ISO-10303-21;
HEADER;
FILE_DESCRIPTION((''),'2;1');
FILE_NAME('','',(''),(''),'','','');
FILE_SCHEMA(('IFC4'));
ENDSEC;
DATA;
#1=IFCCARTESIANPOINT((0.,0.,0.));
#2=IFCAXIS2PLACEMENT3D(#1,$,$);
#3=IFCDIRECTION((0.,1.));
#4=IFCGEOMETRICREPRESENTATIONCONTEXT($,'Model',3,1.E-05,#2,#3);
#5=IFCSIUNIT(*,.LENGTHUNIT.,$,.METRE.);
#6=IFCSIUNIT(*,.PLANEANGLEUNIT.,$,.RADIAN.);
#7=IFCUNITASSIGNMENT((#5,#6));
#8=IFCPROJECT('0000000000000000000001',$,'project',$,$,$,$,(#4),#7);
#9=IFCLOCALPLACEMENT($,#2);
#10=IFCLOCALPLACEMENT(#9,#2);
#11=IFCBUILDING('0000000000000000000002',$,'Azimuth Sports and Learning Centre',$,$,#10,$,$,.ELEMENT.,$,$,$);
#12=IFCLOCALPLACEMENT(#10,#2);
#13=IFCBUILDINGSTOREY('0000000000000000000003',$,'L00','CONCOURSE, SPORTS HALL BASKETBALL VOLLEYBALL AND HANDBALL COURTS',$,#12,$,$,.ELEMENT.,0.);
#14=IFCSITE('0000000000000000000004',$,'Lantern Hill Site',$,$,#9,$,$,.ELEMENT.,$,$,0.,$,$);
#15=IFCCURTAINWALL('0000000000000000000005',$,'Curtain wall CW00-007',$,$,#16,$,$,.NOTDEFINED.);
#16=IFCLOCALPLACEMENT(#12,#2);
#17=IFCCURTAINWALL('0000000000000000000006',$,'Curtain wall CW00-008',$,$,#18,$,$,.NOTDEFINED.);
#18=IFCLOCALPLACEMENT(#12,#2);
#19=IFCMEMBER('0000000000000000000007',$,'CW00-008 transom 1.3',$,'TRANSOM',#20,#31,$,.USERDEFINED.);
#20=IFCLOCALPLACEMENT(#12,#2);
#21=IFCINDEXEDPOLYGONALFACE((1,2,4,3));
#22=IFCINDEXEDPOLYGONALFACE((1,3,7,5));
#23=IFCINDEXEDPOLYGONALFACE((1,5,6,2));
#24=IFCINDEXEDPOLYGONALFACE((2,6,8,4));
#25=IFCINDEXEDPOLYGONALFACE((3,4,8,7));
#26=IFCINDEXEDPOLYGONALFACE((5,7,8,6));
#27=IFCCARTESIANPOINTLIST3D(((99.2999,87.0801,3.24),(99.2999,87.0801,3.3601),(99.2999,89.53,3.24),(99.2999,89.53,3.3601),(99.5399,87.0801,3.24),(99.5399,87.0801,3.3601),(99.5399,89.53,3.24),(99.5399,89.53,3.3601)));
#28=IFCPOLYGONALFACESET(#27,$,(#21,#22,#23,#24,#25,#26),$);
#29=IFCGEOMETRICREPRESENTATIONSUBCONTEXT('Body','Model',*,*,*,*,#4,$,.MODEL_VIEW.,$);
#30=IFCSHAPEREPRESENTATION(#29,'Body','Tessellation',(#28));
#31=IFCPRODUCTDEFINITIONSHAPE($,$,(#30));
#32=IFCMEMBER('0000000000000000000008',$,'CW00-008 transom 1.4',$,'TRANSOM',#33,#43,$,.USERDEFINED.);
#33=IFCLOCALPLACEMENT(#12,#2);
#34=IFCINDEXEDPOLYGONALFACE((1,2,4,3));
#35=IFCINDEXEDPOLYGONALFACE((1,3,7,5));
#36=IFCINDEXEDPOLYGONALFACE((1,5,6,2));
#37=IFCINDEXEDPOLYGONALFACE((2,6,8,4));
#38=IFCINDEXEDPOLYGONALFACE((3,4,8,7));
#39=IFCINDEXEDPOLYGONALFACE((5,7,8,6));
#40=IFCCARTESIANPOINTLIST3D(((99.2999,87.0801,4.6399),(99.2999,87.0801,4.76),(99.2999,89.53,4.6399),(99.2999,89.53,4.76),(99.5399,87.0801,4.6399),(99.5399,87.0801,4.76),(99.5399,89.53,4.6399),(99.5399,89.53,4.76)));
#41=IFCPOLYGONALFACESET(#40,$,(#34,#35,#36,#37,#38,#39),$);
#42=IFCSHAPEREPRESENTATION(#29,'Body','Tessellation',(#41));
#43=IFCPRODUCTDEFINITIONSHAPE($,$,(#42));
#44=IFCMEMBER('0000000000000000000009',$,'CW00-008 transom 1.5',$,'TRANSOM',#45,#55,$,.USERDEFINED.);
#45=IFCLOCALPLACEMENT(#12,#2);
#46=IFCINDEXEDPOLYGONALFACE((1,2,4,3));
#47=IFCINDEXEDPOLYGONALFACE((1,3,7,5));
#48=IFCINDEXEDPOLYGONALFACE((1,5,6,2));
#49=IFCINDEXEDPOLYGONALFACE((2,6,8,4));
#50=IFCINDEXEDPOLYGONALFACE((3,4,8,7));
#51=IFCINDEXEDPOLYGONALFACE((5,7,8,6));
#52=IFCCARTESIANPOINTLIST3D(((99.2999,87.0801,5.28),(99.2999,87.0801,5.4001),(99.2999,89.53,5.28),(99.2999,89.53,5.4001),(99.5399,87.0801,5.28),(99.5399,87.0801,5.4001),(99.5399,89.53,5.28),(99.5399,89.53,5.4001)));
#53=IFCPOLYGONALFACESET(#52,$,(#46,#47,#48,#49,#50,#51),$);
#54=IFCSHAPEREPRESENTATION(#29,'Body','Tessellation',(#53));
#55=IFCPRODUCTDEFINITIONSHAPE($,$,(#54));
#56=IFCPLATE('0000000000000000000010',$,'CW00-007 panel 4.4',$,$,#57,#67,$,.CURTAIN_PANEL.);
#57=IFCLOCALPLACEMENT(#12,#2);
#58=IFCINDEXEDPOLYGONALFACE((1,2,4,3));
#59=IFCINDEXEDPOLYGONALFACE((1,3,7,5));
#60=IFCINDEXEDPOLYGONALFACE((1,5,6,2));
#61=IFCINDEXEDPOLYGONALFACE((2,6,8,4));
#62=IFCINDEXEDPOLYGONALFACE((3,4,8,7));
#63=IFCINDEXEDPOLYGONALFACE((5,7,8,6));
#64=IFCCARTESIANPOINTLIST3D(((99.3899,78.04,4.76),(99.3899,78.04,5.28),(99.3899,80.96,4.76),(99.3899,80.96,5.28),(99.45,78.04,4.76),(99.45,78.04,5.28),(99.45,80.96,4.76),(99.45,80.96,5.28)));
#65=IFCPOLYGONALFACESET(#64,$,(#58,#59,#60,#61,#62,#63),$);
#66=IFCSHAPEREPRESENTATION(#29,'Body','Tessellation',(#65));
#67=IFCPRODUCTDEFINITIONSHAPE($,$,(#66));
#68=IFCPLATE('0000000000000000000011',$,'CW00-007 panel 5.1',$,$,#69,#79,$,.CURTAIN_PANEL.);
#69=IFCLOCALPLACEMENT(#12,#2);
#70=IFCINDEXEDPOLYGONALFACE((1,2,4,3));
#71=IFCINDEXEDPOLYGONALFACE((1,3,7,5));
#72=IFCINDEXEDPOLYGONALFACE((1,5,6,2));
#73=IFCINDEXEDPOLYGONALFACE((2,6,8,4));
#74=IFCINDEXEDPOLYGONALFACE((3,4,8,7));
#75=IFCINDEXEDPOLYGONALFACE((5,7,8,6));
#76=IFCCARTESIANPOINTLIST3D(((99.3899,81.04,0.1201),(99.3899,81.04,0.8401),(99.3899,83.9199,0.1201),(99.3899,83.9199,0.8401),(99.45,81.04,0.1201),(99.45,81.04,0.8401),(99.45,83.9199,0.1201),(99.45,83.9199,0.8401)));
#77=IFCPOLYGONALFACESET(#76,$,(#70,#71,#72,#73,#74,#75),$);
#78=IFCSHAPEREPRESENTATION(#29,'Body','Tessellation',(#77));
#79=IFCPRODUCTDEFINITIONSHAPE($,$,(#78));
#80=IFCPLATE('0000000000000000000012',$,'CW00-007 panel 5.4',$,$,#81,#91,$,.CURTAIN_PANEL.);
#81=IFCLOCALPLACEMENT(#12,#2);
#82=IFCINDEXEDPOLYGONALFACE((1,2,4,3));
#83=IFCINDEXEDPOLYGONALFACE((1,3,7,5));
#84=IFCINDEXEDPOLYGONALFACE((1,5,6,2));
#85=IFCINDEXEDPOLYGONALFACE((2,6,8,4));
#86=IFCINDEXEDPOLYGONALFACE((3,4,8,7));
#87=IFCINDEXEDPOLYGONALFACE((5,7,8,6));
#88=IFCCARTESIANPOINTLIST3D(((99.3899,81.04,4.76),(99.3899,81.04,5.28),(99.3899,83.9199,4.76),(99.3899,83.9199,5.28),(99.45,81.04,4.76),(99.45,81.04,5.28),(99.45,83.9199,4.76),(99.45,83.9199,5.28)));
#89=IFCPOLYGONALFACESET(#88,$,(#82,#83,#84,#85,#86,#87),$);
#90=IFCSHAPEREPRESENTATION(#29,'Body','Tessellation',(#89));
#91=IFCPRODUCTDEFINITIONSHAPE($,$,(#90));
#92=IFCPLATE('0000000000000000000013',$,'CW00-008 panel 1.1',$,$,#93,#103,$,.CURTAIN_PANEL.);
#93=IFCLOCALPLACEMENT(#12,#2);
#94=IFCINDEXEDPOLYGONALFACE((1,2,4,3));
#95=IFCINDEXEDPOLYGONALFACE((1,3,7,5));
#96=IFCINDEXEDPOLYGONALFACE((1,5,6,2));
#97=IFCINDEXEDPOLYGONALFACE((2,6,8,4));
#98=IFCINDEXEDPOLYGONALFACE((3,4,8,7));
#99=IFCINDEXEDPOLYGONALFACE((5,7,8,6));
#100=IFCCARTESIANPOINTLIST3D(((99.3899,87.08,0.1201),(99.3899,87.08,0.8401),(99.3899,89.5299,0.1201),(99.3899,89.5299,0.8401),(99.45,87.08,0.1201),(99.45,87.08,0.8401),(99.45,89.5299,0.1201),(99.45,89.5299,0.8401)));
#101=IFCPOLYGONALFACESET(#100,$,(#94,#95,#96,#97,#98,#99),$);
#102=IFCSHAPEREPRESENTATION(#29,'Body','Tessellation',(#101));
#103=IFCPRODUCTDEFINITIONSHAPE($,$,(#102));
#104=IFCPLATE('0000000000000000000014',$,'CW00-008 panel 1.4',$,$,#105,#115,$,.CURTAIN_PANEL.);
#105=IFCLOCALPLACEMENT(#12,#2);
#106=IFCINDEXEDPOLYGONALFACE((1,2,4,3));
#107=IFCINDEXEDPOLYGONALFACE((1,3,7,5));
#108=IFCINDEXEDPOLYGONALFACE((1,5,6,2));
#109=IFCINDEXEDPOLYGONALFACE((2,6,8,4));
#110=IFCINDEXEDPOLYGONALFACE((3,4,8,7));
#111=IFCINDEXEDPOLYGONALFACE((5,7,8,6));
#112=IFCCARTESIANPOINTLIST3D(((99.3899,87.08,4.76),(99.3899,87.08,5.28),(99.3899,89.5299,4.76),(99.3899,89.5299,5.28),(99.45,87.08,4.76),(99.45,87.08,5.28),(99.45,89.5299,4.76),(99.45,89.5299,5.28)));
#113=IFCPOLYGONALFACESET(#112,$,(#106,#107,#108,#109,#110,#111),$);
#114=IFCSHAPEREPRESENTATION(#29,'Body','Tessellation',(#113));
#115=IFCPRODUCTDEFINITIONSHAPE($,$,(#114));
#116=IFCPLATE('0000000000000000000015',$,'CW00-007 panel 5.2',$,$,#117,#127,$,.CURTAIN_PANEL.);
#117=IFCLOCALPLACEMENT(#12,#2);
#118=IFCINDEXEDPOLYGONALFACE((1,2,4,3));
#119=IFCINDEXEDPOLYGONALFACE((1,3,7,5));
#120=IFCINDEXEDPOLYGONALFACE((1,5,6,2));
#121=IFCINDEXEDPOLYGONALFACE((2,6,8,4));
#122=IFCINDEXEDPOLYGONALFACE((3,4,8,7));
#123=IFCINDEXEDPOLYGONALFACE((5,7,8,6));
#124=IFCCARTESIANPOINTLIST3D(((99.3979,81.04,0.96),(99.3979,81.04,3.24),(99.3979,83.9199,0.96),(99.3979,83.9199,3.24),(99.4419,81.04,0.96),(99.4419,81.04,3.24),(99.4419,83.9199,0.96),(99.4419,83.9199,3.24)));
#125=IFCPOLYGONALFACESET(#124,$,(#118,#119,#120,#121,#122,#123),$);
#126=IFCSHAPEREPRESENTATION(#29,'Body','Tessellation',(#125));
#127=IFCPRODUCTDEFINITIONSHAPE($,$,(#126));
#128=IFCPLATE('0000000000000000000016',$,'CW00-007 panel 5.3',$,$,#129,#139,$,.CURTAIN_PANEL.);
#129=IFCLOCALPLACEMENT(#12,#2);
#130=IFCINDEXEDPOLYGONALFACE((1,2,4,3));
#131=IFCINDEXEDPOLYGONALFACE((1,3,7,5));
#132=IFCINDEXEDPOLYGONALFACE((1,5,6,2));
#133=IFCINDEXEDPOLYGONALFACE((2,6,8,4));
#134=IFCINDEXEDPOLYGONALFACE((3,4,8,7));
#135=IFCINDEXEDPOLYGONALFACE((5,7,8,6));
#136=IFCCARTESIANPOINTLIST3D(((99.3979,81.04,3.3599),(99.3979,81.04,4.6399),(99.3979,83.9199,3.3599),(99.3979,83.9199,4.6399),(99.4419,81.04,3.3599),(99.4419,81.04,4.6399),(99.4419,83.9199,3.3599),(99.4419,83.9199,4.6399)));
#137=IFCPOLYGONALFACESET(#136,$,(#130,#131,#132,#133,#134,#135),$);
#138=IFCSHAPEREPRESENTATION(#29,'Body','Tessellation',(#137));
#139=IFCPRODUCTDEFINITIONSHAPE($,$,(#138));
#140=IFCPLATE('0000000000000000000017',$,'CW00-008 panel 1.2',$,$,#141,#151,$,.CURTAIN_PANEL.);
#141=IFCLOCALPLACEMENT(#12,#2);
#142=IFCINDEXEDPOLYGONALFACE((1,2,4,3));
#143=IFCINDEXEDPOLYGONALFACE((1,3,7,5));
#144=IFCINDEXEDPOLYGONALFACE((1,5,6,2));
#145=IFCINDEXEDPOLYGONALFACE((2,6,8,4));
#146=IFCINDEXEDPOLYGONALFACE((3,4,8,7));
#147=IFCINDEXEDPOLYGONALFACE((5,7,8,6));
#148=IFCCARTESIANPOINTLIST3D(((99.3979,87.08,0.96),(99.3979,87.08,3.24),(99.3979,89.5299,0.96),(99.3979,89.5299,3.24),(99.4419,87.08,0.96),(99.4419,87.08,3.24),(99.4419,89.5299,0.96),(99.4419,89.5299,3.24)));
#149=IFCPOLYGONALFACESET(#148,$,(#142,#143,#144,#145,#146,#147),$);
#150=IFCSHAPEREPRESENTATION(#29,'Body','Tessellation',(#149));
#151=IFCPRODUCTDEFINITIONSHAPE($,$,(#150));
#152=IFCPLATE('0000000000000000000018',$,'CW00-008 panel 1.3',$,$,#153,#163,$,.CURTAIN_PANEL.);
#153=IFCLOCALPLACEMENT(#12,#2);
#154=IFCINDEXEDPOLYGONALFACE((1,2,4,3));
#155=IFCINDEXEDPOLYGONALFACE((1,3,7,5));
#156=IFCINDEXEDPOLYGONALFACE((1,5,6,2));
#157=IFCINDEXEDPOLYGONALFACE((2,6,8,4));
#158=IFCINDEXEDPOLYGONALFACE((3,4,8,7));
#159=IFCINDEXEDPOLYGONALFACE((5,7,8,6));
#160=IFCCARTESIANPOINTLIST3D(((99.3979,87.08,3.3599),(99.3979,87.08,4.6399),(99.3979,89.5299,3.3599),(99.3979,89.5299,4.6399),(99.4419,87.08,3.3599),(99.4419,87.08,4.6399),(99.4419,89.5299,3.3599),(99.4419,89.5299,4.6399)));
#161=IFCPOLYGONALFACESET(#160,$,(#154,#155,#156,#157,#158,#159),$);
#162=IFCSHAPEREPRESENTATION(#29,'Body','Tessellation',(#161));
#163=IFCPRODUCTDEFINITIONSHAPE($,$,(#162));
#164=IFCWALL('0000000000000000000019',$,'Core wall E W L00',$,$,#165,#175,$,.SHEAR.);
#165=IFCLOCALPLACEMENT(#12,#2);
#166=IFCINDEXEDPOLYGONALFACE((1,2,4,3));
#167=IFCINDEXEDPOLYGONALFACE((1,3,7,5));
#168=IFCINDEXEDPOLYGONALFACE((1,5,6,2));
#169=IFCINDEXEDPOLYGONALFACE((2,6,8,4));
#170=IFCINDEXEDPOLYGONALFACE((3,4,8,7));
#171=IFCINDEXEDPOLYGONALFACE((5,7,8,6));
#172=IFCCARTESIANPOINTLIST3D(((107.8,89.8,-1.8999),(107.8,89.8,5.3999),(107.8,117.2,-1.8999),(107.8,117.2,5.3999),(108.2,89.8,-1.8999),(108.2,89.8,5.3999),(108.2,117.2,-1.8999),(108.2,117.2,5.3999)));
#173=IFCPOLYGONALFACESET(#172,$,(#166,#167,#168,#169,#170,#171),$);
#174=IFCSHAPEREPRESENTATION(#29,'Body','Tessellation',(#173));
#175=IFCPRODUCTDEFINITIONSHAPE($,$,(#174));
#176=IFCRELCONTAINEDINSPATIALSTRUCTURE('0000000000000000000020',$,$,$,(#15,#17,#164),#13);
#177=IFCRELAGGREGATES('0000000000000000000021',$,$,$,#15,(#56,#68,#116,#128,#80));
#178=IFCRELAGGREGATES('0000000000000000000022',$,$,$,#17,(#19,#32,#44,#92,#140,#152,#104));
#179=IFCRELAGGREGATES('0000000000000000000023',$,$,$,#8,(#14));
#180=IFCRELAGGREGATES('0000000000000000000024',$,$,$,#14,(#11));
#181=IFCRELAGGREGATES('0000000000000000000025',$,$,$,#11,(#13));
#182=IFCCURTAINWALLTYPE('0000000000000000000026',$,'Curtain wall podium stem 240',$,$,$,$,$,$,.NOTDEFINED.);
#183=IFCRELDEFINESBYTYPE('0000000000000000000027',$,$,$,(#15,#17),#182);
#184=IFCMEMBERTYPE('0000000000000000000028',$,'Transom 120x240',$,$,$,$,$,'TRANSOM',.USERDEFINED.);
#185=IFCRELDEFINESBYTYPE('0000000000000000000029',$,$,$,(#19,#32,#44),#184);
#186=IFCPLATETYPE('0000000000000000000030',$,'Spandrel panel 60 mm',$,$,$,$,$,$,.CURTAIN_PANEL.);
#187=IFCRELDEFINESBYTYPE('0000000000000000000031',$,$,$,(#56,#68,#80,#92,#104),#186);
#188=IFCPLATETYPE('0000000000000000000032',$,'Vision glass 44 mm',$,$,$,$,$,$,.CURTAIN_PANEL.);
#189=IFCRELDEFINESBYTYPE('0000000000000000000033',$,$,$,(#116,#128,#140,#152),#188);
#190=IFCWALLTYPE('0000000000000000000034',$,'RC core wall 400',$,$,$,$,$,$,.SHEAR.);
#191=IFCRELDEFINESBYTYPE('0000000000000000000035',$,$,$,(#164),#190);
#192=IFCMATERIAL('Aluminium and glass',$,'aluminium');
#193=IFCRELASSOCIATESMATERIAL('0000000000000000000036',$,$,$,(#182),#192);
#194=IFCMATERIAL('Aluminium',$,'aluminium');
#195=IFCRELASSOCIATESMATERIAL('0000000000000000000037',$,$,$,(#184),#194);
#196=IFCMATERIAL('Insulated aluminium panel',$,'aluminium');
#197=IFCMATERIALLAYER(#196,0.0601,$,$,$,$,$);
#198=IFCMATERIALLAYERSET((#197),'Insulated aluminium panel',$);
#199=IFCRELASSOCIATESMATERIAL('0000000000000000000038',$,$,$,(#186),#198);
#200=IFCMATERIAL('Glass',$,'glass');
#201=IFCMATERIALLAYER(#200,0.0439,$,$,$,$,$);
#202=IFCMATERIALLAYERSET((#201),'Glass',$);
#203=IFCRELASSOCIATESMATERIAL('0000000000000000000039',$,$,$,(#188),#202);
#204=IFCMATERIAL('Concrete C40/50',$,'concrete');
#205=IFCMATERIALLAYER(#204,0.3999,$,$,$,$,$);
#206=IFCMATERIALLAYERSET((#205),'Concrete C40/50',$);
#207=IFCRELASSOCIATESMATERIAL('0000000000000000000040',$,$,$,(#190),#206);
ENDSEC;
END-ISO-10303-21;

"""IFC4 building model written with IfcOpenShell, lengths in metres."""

from ifc_helpers import new_model, si_unit, direction, frame, frame_2d, origin, origin_2d, place, context, subcontext, project, spatial, rectangle, extrude, material, layer, layer_set, material_profile, profile_set, type_object, element, aggregate, save


model = new_model("IFC4")

# Units and contexts
model_context = context("Model", 3, precision=1e-05, world=origin(), true_north=direction((0.0, 1.0)))
body_context = subcontext(model_context, "Body", "Model", "MODEL_VIEW")
ifc_project = project(units=[si_unit("LENGTHUNIT", "METRE"), si_unit("PLANEANGLEUNIT", "RADIAN")], contexts=[model_context])

# Site, building, storey
site_placement = place(None, origin())
site = spatial("IfcSite", under=ifc_project, at=site_placement, Name="Lantern Hill Site", CompositionType="ELEMENT", RefElevation=0.0)
building_placement = place(site_placement, origin())
building = spatial("IfcBuilding", under=site, at=building_placement, Name="Azimuth Sports and Learning Centre", CompositionType="ELEMENT")
storey_placement = place(building_placement, origin())
storey = spatial("IfcBuildingStorey", under=building, at=storey_placement, Name="L00", Description="CONCOURSE, SPORTS HALL BASKETBALL VOLLEYBALL AND HANDBALL COURTS", CompositionType="ELEMENT", Elevation=0.0)

# Curtain walls
ifc_material_1 = material(Name="Aluminium and glass", Category="aluminium")
curtain_wall_type = type_object("IfcCurtainWallType", Name="Curtain wall podium stem 240", PredefinedType="NOTDEFINED", material=ifc_material_1)
curtain_wall_1_placement = place(storey_placement, origin())
curtain_wall_1 = element("IfcCurtainWall", 1, at=curtain_wall_1_placement, inside=storey, type_object=curtain_wall_type, Name="Curtain wall CW00-007", PredefinedType="NOTDEFINED")
curtain_wall_2_placement = place(storey_placement, origin())
curtain_wall_2 = element("IfcCurtainWall", 2, at=curtain_wall_2_placement, inside=storey, type_object=curtain_wall_type, Name="Curtain wall CW00-008", PredefinedType="NOTDEFINED")

# Members
ifc_material_2 = material(Name="Aluminium", Category="aluminium")
ifc_material_profile_1 = material_profile(ifc_material_2, rectangle(XDim=0.24, YDim=0.1201, at=origin_2d()), Name="Transom 120x240")
ifc_profile_set_1 = profile_set([ifc_material_profile_1], Name="Aluminium")
member_type_1 = type_object("IfcMemberType", Name="Transom 120x240", ElementType="TRANSOM", PredefinedType="USERDEFINED", material=ifc_profile_set_1)
member_1_placement = place(storey_placement, frame((99.4199, 87.0801, 3.3), z_axis=(0.0, 1.0, 0.0), x_axis=(-1.0, 0.0, 0.0)))
member_1 = element("IfcMember", 3, at=member_1_placement, type_object=member_type_1, Name="CW00-008 transom 1.3", ObjectType="TRANSOM", PredefinedType="USERDEFINED", context=body_context, shape_type="SweptSolid", body=[
    extrude(rectangle(XDim=0.24, YDim=0.1201, at=origin_2d()), origin(), (0.0, 0.0, 1.0), 2.45),
])
member_2_placement = place(storey_placement, frame((99.4199, 87.0801, 4.7), z_axis=(0.0, 1.0, 0.0), x_axis=(-1.0, 0.0, 0.0)))
member_2 = element("IfcMember", 4, at=member_2_placement, type_object=member_type_1, Name="CW00-008 transom 1.4", ObjectType="TRANSOM", PredefinedType="USERDEFINED", context=body_context, shape_type="SweptSolid", body=[
    extrude(rectangle(XDim=0.24, YDim=0.1201, at=origin_2d()), origin(), (0.0, 0.0, 1.0), 2.45),
])
member_3_placement = place(storey_placement, frame((99.4199, 87.0801, 5.3401), z_axis=(0.0, 1.0, 0.0), x_axis=(-1.0, 0.0, 0.0)))
member_3 = element("IfcMember", 5, at=member_3_placement, type_object=member_type_1, Name="CW00-008 transom 1.5", ObjectType="TRANSOM", PredefinedType="USERDEFINED", context=body_context, shape_type="SweptSolid", body=[
    extrude(rectangle(XDim=0.24, YDim=0.1201, at=origin_2d()), origin(), (0.0, 0.0, 1.0), 2.45),
])

# Plates
ifc_material_3 = material(Name="Insulated aluminium panel", Category="aluminium")
ifc_layer_1 = layer(ifc_material_3, 0.0601)
ifc_layer_set_1 = layer_set([ifc_layer_1], Name="Insulated aluminium panel")
plate_type_1 = type_object("IfcPlateType", Name="Spandrel panel 60 mm", PredefinedType="CURTAIN_PANEL", material=ifc_layer_set_1)
plate_1_placement = place(storey_placement, frame((99.4199, 79.5, 4.76), z_axis=(0.0, 0.0, 1.0), x_axis=(0.0, 1.0, 0.0)))
plate_1 = element("IfcPlate", 6, at=plate_1_placement, type_object=plate_type_1, Name="CW00-007 panel 4.4", PredefinedType="CURTAIN_PANEL", context=body_context, shape_type="SweptSolid", body=[
    extrude(rectangle(XDim=2.9199, YDim=0.0601, at=origin_2d()), origin(), (0.0, 0.0, 1.0), 0.52),
])
plate_2_placement = place(storey_placement, frame((99.4199, 82.48, 0.1201), z_axis=(0.0, 0.0, 1.0), x_axis=(0.0, 1.0, 0.0)))
plate_2 = element("IfcPlate", 7, at=plate_2_placement, type_object=plate_type_1, Name="CW00-007 panel 5.1", PredefinedType="CURTAIN_PANEL", context=body_context, shape_type="SweptSolid", body=[
    extrude(rectangle(XDim=2.8799, YDim=0.0601, at=origin_2d()), origin(), (0.0, 0.0, 1.0), 0.72),
])
plate_3_placement = place(storey_placement, frame((99.4199, 82.48, 4.76), z_axis=(0.0, 0.0, 1.0), x_axis=(0.0, 1.0, 0.0)))
plate_3 = element("IfcPlate", 8, at=plate_3_placement, type_object=plate_type_1, Name="CW00-007 panel 5.4", PredefinedType="CURTAIN_PANEL", context=body_context, shape_type="SweptSolid", body=[
    extrude(rectangle(XDim=2.8799, YDim=0.0601, at=origin_2d()), origin(), (0.0, 0.0, 1.0), 0.52),
])
plate_4_placement = place(storey_placement, frame((99.4199, 88.3049, 0.1201), z_axis=(0.0, 0.0, 1.0), x_axis=(0.0, 1.0, 0.0)))
plate_4 = element("IfcPlate", 9, at=plate_4_placement, type_object=plate_type_1, Name="CW00-008 panel 1.1", PredefinedType="CURTAIN_PANEL", context=body_context, shape_type="SweptSolid", body=[
    extrude(rectangle(XDim=2.45, YDim=0.0601, at=origin_2d()), origin(), (0.0, 0.0, 1.0), 0.72),
])
plate_5_placement = place(storey_placement, frame((99.4199, 88.3049, 4.76), z_axis=(0.0, 0.0, 1.0), x_axis=(0.0, 1.0, 0.0)))
plate_5 = element("IfcPlate", 10, at=plate_5_placement, type_object=plate_type_1, Name="CW00-008 panel 1.4", PredefinedType="CURTAIN_PANEL", context=body_context, shape_type="SweptSolid", body=[
    extrude(rectangle(XDim=2.45, YDim=0.0601, at=origin_2d()), origin(), (0.0, 0.0, 1.0), 0.52),
])
ifc_material_4 = material(Name="Glass", Category="glass")
ifc_layer_2 = layer(ifc_material_4, 0.0439)
ifc_layer_set_2 = layer_set([ifc_layer_2], Name="Glass")
plate_type_2 = type_object("IfcPlateType", Name="Vision glass 44 mm", PredefinedType="CURTAIN_PANEL", material=ifc_layer_set_2)
plate_6_placement = place(storey_placement, frame((99.4199, 82.48, 0.96), z_axis=(0.0, 0.0, 1.0), x_axis=(0.0, 1.0, 0.0)))
plate_6 = element("IfcPlate", 11, at=plate_6_placement, type_object=plate_type_2, Name="CW00-007 panel 5.2", PredefinedType="CURTAIN_PANEL", context=body_context, shape_type="SweptSolid", body=[
    extrude(rectangle(XDim=2.8799, YDim=0.0439, at=origin_2d()), origin(), (0.0, 0.0, 1.0), 2.28),
])
plate_7_placement = place(storey_placement, frame((99.4199, 82.48, 3.3599), z_axis=(0.0, 0.0, 1.0), x_axis=(0.0, 1.0, 0.0)))
plate_7 = element("IfcPlate", 12, at=plate_7_placement, type_object=plate_type_2, Name="CW00-007 panel 5.3", PredefinedType="CURTAIN_PANEL", context=body_context, shape_type="SweptSolid", body=[
    extrude(rectangle(XDim=2.8799, YDim=0.0439, at=origin_2d()), origin(), (0.0, 0.0, 1.0), 1.28),
])
aggregate(curtain_wall_1, [plate_1, plate_2, plate_6, plate_7, plate_3])
plate_8_placement = place(storey_placement, frame((99.4199, 88.3049, 0.96), z_axis=(0.0, 0.0, 1.0), x_axis=(0.0, 1.0, 0.0)))
plate_8 = element("IfcPlate", 13, at=plate_8_placement, type_object=plate_type_2, Name="CW00-008 panel 1.2", PredefinedType="CURTAIN_PANEL", context=body_context, shape_type="SweptSolid", body=[
    extrude(rectangle(XDim=2.45, YDim=0.0439, at=origin_2d()), origin(), (0.0, 0.0, 1.0), 2.28),
])
plate_9_placement = place(storey_placement, frame((99.4199, 88.3049, 3.3599), z_axis=(0.0, 0.0, 1.0), x_axis=(0.0, 1.0, 0.0)))
plate_9 = element("IfcPlate", 14, at=plate_9_placement, type_object=plate_type_2, Name="CW00-008 panel 1.3", PredefinedType="CURTAIN_PANEL", context=body_context, shape_type="SweptSolid", body=[
    extrude(rectangle(XDim=2.45, YDim=0.0439, at=origin_2d()), origin(), (0.0, 0.0, 1.0), 1.28),
])
aggregate(curtain_wall_2, [member_1, member_2, member_3, plate_4, plate_8, plate_9, plate_5])

# Wall
ifc_material_5 = material(Name="Concrete C40/50", Category="concrete")
ifc_layer_3 = layer(ifc_material_5, 0.3999)
ifc_layer_set_3 = layer_set([ifc_layer_3], Name="Concrete C40/50")
wall_type_1 = type_object("IfcWallType", Name="RC core wall 400", PredefinedType="SHEAR", material=ifc_layer_set_3)
wall_1_placement = place(storey_placement, frame((108.0, 89.8, -1.8999), z_axis=(0.0, 0.0, 1.0), x_axis=(0.0, 1.0, 0.0)))
element("IfcWall", 15, at=wall_1_placement, inside=storey, type_object=wall_type_1, Name="Core wall E W L00", PredefinedType="SHEAR", context=body_context, shape_type="SweptSolid", body=[
    extrude(rectangle(XDim=27.3999, YDim=0.3999, at=frame_2d((13.7, 0.0))), origin(), (0.0, 0.0, 1.0), 7.2998),
])

save(model, "model.ifc")
